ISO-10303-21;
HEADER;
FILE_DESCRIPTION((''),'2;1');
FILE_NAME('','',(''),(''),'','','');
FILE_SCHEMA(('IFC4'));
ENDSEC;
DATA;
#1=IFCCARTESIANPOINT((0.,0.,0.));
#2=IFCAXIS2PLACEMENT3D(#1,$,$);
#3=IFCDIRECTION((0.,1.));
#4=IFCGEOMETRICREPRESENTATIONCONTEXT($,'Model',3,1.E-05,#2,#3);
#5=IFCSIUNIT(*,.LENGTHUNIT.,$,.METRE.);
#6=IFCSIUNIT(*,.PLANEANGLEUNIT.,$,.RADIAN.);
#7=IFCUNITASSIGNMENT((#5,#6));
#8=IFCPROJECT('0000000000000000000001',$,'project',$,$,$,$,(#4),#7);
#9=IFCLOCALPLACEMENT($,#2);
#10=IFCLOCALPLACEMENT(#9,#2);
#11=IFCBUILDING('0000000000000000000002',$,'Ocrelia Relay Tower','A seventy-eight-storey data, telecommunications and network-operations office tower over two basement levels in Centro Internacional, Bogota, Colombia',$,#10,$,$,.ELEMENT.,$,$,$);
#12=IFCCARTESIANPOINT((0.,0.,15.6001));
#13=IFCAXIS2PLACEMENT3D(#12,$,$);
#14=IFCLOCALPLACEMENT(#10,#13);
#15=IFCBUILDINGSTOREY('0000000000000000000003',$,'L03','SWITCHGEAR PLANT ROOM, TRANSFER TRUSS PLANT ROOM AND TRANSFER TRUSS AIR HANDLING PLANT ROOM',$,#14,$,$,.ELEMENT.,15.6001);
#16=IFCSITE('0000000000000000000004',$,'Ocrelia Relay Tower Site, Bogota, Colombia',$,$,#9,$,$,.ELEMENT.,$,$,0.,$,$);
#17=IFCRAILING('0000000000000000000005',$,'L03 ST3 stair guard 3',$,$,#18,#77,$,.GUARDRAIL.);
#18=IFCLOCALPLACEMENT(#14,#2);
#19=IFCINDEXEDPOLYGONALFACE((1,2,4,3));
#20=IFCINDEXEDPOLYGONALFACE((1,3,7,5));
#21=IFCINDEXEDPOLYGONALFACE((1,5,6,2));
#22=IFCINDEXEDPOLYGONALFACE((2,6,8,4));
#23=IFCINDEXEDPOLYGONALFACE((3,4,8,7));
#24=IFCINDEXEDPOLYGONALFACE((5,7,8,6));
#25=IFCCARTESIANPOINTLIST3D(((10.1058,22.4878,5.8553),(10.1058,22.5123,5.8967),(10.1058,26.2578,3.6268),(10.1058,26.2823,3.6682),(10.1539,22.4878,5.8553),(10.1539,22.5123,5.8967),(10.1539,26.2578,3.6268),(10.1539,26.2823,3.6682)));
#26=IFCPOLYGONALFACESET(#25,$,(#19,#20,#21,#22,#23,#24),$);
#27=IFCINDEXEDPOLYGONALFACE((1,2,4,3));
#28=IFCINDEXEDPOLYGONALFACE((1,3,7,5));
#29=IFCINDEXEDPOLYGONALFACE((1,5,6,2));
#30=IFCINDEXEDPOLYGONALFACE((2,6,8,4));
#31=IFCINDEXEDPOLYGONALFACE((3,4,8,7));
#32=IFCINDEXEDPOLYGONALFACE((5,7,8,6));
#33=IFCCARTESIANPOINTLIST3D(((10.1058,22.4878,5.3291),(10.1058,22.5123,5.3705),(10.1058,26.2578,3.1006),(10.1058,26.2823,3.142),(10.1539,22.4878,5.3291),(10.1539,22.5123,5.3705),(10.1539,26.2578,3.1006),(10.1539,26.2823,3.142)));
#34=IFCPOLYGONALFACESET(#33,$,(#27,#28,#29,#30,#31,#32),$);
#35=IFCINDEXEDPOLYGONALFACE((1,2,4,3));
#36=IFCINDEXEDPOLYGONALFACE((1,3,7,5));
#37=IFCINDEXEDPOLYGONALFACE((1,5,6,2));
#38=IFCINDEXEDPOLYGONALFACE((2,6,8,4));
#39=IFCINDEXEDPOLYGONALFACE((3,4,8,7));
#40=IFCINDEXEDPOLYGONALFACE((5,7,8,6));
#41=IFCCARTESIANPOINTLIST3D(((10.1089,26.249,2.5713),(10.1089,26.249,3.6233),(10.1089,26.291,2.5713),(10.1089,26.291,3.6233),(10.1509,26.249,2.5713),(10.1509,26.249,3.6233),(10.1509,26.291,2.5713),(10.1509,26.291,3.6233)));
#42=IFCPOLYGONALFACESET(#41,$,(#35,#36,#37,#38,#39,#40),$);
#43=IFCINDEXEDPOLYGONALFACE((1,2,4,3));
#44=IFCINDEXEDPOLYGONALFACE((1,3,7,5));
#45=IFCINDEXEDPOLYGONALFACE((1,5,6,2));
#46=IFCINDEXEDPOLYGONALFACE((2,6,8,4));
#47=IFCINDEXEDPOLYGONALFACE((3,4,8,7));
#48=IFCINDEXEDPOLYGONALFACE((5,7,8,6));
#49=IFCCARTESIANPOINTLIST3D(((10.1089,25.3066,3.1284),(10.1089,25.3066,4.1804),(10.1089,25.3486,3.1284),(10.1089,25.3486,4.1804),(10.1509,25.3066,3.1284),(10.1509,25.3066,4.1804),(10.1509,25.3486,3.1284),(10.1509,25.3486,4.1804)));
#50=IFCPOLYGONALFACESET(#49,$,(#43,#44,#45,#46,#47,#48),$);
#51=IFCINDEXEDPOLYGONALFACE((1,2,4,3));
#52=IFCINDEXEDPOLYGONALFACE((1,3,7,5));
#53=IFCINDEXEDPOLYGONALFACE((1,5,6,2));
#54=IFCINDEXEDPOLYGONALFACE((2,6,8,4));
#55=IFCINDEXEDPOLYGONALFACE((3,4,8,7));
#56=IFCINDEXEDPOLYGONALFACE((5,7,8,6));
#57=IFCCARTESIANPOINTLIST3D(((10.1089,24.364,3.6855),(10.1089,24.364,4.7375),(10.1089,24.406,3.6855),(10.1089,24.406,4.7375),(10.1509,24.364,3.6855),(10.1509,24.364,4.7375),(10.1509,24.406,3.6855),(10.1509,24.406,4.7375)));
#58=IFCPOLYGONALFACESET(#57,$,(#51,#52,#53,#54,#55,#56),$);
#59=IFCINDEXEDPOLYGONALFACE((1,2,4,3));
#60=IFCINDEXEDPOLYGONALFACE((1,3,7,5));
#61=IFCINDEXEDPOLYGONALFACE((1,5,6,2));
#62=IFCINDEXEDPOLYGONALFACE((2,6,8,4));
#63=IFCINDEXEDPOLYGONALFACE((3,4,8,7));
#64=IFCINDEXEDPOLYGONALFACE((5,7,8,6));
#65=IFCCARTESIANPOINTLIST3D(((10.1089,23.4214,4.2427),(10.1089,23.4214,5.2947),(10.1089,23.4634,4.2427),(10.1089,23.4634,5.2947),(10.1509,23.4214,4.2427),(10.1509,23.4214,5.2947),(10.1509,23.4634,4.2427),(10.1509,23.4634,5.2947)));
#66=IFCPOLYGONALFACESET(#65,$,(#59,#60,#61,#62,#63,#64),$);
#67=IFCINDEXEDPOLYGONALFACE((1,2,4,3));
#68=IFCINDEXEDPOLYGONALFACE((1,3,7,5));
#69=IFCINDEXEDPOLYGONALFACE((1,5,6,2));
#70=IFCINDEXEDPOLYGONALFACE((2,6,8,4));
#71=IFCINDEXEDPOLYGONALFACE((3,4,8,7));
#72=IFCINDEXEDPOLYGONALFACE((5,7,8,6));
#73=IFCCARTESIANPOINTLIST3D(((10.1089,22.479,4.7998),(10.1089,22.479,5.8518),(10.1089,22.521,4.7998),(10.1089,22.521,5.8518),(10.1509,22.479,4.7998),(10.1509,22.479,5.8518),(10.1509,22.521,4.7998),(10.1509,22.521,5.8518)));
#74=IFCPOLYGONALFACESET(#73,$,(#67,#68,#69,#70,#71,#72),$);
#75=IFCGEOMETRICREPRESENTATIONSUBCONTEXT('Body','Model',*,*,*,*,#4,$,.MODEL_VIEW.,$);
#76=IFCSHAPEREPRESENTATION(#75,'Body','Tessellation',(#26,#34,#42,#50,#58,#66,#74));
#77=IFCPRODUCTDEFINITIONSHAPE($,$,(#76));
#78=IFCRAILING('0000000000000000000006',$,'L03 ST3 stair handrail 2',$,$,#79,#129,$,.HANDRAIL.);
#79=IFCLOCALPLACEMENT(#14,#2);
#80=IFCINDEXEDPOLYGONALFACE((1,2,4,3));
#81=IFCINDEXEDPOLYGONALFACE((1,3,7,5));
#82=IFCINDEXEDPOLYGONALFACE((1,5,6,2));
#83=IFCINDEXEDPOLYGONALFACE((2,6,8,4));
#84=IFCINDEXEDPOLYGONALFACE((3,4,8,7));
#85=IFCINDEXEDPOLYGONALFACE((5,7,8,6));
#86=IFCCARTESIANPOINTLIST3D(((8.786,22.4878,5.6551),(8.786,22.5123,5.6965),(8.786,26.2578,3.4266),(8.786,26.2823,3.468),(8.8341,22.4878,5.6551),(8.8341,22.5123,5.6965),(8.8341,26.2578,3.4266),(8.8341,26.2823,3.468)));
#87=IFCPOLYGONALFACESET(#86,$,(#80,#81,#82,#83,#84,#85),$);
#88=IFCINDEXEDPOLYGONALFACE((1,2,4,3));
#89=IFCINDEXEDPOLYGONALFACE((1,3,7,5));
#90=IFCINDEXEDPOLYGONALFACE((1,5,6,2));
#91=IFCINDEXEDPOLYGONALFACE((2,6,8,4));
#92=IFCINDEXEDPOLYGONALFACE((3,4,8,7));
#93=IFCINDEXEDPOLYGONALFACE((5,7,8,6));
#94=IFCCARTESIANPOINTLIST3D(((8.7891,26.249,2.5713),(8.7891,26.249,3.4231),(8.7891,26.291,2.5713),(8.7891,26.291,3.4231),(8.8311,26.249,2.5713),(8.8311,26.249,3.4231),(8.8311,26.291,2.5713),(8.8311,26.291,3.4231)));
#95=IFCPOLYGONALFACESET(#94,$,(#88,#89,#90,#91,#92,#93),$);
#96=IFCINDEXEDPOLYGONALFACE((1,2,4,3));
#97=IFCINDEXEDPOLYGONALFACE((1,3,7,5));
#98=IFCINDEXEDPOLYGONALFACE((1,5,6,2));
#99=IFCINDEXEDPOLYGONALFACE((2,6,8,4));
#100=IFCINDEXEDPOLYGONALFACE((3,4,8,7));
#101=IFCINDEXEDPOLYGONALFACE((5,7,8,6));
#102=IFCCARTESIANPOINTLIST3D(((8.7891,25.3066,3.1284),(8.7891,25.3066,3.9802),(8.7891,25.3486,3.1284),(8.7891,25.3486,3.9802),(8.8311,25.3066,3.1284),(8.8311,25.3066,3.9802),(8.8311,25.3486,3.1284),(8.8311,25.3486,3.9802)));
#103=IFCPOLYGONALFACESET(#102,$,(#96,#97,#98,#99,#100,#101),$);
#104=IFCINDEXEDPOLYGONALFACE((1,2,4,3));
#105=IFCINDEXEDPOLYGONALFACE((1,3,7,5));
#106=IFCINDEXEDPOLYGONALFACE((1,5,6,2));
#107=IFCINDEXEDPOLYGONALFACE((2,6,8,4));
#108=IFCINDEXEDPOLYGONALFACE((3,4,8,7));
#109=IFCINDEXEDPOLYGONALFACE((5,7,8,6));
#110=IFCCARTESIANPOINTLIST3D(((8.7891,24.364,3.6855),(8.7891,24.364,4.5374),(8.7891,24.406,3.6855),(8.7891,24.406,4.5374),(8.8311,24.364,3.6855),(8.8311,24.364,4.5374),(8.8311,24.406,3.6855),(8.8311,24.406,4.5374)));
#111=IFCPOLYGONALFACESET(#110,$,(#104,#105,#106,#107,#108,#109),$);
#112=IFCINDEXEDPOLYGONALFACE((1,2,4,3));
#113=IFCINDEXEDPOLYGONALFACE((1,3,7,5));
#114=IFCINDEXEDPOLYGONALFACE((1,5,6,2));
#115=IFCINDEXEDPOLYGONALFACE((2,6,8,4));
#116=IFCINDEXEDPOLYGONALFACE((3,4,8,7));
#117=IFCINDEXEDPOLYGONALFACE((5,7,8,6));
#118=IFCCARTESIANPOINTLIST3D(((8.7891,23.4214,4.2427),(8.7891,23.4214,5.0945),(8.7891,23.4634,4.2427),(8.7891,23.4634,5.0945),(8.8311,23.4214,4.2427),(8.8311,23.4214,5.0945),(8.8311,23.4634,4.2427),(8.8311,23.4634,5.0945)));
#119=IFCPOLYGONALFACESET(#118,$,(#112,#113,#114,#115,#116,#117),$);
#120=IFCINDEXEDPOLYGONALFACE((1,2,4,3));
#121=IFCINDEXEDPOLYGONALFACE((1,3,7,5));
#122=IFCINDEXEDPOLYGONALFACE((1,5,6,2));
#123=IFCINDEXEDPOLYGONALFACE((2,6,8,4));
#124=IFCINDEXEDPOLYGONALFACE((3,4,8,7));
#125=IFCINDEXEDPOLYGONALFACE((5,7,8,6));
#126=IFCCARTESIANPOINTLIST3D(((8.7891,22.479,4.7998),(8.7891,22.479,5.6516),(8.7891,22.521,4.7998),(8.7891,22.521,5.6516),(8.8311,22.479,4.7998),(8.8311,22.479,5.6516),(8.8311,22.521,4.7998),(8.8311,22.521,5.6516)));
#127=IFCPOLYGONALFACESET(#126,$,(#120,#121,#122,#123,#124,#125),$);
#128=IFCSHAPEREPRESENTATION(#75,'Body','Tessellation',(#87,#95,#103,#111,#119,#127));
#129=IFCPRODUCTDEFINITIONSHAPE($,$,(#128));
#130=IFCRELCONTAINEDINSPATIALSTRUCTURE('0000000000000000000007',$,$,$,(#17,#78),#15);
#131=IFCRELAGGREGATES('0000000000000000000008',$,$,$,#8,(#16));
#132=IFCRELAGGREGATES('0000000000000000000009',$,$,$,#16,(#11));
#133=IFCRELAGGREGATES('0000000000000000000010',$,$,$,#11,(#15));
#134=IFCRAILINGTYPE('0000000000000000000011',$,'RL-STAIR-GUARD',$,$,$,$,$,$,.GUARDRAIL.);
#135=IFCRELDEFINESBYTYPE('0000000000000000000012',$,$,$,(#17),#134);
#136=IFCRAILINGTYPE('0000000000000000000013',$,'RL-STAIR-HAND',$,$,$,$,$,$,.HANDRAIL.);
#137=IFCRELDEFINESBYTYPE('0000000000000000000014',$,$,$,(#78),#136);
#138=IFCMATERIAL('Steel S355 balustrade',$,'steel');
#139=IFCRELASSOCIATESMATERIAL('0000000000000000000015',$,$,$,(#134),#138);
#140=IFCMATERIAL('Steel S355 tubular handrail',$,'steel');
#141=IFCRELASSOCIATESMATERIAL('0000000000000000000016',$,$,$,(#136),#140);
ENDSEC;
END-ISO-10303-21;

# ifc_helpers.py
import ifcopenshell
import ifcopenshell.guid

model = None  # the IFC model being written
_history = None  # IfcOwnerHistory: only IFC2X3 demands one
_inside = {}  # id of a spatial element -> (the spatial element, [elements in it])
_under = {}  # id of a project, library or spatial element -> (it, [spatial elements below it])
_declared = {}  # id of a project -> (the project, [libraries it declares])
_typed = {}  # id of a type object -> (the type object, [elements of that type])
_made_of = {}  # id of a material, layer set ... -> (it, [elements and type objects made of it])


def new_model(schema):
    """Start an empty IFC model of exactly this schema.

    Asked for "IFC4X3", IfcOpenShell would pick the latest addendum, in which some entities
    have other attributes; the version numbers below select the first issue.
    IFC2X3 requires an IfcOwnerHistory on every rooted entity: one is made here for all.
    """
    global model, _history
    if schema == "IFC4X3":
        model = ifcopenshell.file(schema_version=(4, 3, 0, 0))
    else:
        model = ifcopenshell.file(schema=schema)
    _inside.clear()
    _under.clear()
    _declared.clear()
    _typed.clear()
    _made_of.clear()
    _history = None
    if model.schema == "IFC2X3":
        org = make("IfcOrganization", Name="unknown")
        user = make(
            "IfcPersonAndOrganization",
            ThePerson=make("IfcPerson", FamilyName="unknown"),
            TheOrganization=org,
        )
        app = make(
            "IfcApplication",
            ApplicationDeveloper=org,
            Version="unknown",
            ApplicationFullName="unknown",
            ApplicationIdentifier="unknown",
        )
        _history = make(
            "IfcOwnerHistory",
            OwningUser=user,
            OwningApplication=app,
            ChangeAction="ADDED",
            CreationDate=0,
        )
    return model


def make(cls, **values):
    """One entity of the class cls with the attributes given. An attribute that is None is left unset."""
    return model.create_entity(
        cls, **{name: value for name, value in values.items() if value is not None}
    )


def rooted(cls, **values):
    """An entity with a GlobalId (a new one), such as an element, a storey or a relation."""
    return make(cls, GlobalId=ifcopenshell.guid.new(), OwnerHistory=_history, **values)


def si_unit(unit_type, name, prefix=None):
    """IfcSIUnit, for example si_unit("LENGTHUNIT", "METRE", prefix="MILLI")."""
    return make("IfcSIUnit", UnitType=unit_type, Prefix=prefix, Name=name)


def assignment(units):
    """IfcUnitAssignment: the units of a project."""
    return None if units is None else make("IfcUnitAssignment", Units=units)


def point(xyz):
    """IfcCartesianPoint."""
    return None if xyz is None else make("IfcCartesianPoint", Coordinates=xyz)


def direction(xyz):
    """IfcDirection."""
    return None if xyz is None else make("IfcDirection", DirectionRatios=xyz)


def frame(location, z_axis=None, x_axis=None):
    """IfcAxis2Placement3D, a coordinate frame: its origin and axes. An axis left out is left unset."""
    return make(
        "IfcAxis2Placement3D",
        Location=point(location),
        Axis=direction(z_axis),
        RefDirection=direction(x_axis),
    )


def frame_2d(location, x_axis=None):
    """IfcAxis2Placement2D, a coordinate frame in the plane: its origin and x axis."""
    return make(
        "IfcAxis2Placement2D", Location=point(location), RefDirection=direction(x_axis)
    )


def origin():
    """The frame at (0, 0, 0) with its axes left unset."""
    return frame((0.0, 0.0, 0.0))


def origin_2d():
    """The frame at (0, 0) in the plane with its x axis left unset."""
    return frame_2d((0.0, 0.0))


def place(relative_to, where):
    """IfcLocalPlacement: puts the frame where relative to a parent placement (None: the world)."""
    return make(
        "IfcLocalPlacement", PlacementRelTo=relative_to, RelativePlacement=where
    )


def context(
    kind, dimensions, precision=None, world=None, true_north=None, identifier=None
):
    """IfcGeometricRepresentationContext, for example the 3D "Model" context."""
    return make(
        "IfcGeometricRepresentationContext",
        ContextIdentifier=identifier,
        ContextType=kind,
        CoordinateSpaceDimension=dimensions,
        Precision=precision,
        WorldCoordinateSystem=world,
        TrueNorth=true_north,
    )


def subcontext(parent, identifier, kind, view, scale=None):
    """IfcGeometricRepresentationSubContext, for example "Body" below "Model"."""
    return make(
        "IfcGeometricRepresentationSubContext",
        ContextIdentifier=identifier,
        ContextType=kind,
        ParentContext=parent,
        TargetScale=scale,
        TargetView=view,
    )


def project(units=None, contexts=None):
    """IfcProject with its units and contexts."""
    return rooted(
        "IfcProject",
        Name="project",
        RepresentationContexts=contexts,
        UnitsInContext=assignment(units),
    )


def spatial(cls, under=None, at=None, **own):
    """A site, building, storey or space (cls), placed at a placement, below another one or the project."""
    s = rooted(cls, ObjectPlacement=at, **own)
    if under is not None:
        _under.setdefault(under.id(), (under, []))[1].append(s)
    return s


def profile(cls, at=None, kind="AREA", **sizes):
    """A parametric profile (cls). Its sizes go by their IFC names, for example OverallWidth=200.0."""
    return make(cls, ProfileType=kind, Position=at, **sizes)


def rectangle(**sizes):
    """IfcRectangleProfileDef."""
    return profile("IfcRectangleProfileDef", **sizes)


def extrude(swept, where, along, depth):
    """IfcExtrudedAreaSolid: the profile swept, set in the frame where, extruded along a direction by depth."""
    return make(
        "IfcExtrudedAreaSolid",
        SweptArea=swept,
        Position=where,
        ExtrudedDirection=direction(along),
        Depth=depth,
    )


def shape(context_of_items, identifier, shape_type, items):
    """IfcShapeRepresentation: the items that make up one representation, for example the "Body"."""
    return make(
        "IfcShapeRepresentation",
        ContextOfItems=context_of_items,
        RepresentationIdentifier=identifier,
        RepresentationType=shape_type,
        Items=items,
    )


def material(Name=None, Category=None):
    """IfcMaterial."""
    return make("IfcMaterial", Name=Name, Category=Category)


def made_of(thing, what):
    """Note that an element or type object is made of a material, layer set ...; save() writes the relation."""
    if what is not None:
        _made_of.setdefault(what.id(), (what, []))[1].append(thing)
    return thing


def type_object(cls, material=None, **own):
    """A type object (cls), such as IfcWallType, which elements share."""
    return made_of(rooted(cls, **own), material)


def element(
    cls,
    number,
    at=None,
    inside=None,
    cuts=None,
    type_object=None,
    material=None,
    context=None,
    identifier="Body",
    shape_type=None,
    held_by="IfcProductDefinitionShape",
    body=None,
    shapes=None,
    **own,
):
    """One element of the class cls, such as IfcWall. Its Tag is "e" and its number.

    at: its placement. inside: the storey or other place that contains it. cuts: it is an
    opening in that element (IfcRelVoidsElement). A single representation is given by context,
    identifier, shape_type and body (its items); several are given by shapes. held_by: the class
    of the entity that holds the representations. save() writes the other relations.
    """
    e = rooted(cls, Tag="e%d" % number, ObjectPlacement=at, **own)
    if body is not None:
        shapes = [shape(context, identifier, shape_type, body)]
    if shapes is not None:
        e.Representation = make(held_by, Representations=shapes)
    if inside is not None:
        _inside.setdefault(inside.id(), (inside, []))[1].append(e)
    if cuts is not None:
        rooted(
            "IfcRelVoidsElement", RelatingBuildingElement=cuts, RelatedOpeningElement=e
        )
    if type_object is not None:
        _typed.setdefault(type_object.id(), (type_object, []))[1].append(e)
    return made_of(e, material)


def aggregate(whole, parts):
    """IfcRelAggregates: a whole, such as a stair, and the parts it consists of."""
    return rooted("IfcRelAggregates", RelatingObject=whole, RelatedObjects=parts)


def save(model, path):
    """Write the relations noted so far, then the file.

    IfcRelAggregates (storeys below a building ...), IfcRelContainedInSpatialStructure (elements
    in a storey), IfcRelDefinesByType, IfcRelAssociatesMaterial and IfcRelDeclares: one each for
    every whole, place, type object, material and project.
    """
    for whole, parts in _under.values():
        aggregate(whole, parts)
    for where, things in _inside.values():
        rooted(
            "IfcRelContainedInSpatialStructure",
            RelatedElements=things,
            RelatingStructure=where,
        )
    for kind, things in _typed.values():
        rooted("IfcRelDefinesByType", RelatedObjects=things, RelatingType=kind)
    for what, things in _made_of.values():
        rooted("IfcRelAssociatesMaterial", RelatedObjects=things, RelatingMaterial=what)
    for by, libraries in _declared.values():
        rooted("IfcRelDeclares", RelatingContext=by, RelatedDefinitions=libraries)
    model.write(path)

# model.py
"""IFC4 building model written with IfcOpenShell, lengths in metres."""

from ifc_helpers import new_model, si_unit, direction, frame, origin, origin_2d, place, context, subcontext, project, spatial, rectangle, extrude, material, type_object, element, save


model = new_model("IFC4")

# Units and contexts
model_context = context("Model", 3, precision=1e-05, world=origin(), true_north=direction((0.0, 1.0)))
body_context = subcontext(model_context, "Body", "Model", "MODEL_VIEW")
ifc_project = project(units=[si_unit("LENGTHUNIT", "METRE"), si_unit("PLANEANGLEUNIT", "RADIAN")], contexts=[model_context])

# Site, building, storey
site_placement = place(None, origin())
site = spatial("IfcSite", under=ifc_project, at=site_placement, Name="Ocrelia Relay Tower Site, Bogota, Colombia", CompositionType="ELEMENT", RefElevation=0.0)
building_placement = place(site_placement, origin())
building = spatial("IfcBuilding", under=site, at=building_placement, Name="Ocrelia Relay Tower", Description="A seventy-eight-storey data, telecommunications and network-operations office tower over two basement levels in Centro Internacional, Bogota, Colombia", CompositionType="ELEMENT")
storey_placement = place(building_placement, frame((0.0, 0.0, 15.6001)))
storey = spatial("IfcBuildingStorey", under=building, at=storey_placement, Name="L03", Description="SWITCHGEAR PLANT ROOM, TRANSFER TRUSS PLANT ROOM AND TRANSFER TRUSS AIR HANDLING PLANT ROOM", CompositionType="ELEMENT", Elevation=15.6001)

# Railings
ifc_material_1 = material(Name="Steel S355 balustrade", Category="steel")
railing_type_1 = type_object("IfcRailingType", Name="RL-STAIR-GUARD", PredefinedType="GUARDRAIL", material=ifc_material_1)
railing_1_placement = place(storey_placement, frame((10.1299, 26.27, 2.5713)))
element("IfcRailing", 1, at=railing_1_placement, inside=storey, type_object=railing_type_1, Name="L03 ST3 stair guard 3", PredefinedType="GUARDRAIL", context=body_context, shape_type="SweptSolid", body=[
    extrude(rectangle(XDim=0.0481, YDim=0.0481, at=origin_2d()), frame((0.0, 0.0, 1.0762), z_axis=(0.0, -0.860849, 0.508861), x_axis=(1.0, 0.0, 0.0)), (0.0, 0.0, 1.0), 4.3794),
    extrude(rectangle(XDim=0.0481, YDim=0.0481, at=origin_2d()), frame((0.0, 0.0, 0.55), z_axis=(0.0, -0.860849, 0.508861), x_axis=(1.0, 0.0, 0.0)), (0.0, 0.0, 1.0), 4.3794),
    extrude(rectangle(XDim=0.042, YDim=0.042, at=origin_2d()), origin(), (0.0, 0.0, 1.0), 1.052),
    extrude(rectangle(XDim=0.042, YDim=0.042, at=origin_2d()), frame((0.0, -0.9424, 0.5571)), (0.0, 0.0, 1.0), 1.052),
    extrude(rectangle(XDim=0.042, YDim=0.042, at=origin_2d()), frame((0.0, -1.885, 1.1143)), (0.0, 0.0, 1.0), 1.052),
    extrude(rectangle(XDim=0.042, YDim=0.042, at=origin_2d()), frame((0.0, -2.8276, 1.6714)), (0.0, 0.0, 1.0), 1.052),
    extrude(rectangle(XDim=0.042, YDim=0.042, at=origin_2d()), frame((0.0, -3.77, 2.2285)), (0.0, 0.0, 1.0), 1.052),
])
ifc_material_2 = material(Name="Steel S355 tubular handrail", Category="steel")
railing_type_2 = type_object("IfcRailingType", Name="RL-STAIR-HAND", PredefinedType="HANDRAIL", material=ifc_material_2)
railing_2_placement = place(storey_placement, frame((8.8101, 26.27, 2.5713)))
element("IfcRailing", 2, at=railing_2_placement, inside=storey, type_object=railing_type_2, Name="L03 ST3 stair handrail 2", PredefinedType="HANDRAIL", context=body_context, shape_type="SweptSolid", body=[
    extrude(rectangle(XDim=0.0481, YDim=0.0481, at=origin_2d()), frame((0.0, 0.0, 0.876), z_axis=(0.0, -0.860849, 0.508861), x_axis=(1.0, 0.0, 0.0)), (0.0, 0.0, 1.0), 4.3794),
    extrude(rectangle(XDim=0.042, YDim=0.042, at=origin_2d()), origin(), (0.0, 0.0, 1.0), 0.8518),
    extrude(rectangle(XDim=0.042, YDim=0.042, at=origin_2d()), frame((0.0, -0.9424, 0.5571)), (0.0, 0.0, 1.0), 0.8518),
    extrude(rectangle(XDim=0.042, YDim=0.042, at=origin_2d()), frame((0.0, -1.885, 1.1143)), (0.0, 0.0, 1.0), 0.8518),
    extrude(rectangle(XDim=0.042, YDim=0.042, at=origin_2d()), frame((0.0, -2.8276, 1.6714)), (0.0, 0.0, 1.0), 0.8518),
    extrude(rectangle(XDim=0.042, YDim=0.042, at=origin_2d()), frame((0.0, -3.77, 2.2285)), (0.0, 0.0, 1.0), 0.8518),
])

save(model, "model.ifc")
